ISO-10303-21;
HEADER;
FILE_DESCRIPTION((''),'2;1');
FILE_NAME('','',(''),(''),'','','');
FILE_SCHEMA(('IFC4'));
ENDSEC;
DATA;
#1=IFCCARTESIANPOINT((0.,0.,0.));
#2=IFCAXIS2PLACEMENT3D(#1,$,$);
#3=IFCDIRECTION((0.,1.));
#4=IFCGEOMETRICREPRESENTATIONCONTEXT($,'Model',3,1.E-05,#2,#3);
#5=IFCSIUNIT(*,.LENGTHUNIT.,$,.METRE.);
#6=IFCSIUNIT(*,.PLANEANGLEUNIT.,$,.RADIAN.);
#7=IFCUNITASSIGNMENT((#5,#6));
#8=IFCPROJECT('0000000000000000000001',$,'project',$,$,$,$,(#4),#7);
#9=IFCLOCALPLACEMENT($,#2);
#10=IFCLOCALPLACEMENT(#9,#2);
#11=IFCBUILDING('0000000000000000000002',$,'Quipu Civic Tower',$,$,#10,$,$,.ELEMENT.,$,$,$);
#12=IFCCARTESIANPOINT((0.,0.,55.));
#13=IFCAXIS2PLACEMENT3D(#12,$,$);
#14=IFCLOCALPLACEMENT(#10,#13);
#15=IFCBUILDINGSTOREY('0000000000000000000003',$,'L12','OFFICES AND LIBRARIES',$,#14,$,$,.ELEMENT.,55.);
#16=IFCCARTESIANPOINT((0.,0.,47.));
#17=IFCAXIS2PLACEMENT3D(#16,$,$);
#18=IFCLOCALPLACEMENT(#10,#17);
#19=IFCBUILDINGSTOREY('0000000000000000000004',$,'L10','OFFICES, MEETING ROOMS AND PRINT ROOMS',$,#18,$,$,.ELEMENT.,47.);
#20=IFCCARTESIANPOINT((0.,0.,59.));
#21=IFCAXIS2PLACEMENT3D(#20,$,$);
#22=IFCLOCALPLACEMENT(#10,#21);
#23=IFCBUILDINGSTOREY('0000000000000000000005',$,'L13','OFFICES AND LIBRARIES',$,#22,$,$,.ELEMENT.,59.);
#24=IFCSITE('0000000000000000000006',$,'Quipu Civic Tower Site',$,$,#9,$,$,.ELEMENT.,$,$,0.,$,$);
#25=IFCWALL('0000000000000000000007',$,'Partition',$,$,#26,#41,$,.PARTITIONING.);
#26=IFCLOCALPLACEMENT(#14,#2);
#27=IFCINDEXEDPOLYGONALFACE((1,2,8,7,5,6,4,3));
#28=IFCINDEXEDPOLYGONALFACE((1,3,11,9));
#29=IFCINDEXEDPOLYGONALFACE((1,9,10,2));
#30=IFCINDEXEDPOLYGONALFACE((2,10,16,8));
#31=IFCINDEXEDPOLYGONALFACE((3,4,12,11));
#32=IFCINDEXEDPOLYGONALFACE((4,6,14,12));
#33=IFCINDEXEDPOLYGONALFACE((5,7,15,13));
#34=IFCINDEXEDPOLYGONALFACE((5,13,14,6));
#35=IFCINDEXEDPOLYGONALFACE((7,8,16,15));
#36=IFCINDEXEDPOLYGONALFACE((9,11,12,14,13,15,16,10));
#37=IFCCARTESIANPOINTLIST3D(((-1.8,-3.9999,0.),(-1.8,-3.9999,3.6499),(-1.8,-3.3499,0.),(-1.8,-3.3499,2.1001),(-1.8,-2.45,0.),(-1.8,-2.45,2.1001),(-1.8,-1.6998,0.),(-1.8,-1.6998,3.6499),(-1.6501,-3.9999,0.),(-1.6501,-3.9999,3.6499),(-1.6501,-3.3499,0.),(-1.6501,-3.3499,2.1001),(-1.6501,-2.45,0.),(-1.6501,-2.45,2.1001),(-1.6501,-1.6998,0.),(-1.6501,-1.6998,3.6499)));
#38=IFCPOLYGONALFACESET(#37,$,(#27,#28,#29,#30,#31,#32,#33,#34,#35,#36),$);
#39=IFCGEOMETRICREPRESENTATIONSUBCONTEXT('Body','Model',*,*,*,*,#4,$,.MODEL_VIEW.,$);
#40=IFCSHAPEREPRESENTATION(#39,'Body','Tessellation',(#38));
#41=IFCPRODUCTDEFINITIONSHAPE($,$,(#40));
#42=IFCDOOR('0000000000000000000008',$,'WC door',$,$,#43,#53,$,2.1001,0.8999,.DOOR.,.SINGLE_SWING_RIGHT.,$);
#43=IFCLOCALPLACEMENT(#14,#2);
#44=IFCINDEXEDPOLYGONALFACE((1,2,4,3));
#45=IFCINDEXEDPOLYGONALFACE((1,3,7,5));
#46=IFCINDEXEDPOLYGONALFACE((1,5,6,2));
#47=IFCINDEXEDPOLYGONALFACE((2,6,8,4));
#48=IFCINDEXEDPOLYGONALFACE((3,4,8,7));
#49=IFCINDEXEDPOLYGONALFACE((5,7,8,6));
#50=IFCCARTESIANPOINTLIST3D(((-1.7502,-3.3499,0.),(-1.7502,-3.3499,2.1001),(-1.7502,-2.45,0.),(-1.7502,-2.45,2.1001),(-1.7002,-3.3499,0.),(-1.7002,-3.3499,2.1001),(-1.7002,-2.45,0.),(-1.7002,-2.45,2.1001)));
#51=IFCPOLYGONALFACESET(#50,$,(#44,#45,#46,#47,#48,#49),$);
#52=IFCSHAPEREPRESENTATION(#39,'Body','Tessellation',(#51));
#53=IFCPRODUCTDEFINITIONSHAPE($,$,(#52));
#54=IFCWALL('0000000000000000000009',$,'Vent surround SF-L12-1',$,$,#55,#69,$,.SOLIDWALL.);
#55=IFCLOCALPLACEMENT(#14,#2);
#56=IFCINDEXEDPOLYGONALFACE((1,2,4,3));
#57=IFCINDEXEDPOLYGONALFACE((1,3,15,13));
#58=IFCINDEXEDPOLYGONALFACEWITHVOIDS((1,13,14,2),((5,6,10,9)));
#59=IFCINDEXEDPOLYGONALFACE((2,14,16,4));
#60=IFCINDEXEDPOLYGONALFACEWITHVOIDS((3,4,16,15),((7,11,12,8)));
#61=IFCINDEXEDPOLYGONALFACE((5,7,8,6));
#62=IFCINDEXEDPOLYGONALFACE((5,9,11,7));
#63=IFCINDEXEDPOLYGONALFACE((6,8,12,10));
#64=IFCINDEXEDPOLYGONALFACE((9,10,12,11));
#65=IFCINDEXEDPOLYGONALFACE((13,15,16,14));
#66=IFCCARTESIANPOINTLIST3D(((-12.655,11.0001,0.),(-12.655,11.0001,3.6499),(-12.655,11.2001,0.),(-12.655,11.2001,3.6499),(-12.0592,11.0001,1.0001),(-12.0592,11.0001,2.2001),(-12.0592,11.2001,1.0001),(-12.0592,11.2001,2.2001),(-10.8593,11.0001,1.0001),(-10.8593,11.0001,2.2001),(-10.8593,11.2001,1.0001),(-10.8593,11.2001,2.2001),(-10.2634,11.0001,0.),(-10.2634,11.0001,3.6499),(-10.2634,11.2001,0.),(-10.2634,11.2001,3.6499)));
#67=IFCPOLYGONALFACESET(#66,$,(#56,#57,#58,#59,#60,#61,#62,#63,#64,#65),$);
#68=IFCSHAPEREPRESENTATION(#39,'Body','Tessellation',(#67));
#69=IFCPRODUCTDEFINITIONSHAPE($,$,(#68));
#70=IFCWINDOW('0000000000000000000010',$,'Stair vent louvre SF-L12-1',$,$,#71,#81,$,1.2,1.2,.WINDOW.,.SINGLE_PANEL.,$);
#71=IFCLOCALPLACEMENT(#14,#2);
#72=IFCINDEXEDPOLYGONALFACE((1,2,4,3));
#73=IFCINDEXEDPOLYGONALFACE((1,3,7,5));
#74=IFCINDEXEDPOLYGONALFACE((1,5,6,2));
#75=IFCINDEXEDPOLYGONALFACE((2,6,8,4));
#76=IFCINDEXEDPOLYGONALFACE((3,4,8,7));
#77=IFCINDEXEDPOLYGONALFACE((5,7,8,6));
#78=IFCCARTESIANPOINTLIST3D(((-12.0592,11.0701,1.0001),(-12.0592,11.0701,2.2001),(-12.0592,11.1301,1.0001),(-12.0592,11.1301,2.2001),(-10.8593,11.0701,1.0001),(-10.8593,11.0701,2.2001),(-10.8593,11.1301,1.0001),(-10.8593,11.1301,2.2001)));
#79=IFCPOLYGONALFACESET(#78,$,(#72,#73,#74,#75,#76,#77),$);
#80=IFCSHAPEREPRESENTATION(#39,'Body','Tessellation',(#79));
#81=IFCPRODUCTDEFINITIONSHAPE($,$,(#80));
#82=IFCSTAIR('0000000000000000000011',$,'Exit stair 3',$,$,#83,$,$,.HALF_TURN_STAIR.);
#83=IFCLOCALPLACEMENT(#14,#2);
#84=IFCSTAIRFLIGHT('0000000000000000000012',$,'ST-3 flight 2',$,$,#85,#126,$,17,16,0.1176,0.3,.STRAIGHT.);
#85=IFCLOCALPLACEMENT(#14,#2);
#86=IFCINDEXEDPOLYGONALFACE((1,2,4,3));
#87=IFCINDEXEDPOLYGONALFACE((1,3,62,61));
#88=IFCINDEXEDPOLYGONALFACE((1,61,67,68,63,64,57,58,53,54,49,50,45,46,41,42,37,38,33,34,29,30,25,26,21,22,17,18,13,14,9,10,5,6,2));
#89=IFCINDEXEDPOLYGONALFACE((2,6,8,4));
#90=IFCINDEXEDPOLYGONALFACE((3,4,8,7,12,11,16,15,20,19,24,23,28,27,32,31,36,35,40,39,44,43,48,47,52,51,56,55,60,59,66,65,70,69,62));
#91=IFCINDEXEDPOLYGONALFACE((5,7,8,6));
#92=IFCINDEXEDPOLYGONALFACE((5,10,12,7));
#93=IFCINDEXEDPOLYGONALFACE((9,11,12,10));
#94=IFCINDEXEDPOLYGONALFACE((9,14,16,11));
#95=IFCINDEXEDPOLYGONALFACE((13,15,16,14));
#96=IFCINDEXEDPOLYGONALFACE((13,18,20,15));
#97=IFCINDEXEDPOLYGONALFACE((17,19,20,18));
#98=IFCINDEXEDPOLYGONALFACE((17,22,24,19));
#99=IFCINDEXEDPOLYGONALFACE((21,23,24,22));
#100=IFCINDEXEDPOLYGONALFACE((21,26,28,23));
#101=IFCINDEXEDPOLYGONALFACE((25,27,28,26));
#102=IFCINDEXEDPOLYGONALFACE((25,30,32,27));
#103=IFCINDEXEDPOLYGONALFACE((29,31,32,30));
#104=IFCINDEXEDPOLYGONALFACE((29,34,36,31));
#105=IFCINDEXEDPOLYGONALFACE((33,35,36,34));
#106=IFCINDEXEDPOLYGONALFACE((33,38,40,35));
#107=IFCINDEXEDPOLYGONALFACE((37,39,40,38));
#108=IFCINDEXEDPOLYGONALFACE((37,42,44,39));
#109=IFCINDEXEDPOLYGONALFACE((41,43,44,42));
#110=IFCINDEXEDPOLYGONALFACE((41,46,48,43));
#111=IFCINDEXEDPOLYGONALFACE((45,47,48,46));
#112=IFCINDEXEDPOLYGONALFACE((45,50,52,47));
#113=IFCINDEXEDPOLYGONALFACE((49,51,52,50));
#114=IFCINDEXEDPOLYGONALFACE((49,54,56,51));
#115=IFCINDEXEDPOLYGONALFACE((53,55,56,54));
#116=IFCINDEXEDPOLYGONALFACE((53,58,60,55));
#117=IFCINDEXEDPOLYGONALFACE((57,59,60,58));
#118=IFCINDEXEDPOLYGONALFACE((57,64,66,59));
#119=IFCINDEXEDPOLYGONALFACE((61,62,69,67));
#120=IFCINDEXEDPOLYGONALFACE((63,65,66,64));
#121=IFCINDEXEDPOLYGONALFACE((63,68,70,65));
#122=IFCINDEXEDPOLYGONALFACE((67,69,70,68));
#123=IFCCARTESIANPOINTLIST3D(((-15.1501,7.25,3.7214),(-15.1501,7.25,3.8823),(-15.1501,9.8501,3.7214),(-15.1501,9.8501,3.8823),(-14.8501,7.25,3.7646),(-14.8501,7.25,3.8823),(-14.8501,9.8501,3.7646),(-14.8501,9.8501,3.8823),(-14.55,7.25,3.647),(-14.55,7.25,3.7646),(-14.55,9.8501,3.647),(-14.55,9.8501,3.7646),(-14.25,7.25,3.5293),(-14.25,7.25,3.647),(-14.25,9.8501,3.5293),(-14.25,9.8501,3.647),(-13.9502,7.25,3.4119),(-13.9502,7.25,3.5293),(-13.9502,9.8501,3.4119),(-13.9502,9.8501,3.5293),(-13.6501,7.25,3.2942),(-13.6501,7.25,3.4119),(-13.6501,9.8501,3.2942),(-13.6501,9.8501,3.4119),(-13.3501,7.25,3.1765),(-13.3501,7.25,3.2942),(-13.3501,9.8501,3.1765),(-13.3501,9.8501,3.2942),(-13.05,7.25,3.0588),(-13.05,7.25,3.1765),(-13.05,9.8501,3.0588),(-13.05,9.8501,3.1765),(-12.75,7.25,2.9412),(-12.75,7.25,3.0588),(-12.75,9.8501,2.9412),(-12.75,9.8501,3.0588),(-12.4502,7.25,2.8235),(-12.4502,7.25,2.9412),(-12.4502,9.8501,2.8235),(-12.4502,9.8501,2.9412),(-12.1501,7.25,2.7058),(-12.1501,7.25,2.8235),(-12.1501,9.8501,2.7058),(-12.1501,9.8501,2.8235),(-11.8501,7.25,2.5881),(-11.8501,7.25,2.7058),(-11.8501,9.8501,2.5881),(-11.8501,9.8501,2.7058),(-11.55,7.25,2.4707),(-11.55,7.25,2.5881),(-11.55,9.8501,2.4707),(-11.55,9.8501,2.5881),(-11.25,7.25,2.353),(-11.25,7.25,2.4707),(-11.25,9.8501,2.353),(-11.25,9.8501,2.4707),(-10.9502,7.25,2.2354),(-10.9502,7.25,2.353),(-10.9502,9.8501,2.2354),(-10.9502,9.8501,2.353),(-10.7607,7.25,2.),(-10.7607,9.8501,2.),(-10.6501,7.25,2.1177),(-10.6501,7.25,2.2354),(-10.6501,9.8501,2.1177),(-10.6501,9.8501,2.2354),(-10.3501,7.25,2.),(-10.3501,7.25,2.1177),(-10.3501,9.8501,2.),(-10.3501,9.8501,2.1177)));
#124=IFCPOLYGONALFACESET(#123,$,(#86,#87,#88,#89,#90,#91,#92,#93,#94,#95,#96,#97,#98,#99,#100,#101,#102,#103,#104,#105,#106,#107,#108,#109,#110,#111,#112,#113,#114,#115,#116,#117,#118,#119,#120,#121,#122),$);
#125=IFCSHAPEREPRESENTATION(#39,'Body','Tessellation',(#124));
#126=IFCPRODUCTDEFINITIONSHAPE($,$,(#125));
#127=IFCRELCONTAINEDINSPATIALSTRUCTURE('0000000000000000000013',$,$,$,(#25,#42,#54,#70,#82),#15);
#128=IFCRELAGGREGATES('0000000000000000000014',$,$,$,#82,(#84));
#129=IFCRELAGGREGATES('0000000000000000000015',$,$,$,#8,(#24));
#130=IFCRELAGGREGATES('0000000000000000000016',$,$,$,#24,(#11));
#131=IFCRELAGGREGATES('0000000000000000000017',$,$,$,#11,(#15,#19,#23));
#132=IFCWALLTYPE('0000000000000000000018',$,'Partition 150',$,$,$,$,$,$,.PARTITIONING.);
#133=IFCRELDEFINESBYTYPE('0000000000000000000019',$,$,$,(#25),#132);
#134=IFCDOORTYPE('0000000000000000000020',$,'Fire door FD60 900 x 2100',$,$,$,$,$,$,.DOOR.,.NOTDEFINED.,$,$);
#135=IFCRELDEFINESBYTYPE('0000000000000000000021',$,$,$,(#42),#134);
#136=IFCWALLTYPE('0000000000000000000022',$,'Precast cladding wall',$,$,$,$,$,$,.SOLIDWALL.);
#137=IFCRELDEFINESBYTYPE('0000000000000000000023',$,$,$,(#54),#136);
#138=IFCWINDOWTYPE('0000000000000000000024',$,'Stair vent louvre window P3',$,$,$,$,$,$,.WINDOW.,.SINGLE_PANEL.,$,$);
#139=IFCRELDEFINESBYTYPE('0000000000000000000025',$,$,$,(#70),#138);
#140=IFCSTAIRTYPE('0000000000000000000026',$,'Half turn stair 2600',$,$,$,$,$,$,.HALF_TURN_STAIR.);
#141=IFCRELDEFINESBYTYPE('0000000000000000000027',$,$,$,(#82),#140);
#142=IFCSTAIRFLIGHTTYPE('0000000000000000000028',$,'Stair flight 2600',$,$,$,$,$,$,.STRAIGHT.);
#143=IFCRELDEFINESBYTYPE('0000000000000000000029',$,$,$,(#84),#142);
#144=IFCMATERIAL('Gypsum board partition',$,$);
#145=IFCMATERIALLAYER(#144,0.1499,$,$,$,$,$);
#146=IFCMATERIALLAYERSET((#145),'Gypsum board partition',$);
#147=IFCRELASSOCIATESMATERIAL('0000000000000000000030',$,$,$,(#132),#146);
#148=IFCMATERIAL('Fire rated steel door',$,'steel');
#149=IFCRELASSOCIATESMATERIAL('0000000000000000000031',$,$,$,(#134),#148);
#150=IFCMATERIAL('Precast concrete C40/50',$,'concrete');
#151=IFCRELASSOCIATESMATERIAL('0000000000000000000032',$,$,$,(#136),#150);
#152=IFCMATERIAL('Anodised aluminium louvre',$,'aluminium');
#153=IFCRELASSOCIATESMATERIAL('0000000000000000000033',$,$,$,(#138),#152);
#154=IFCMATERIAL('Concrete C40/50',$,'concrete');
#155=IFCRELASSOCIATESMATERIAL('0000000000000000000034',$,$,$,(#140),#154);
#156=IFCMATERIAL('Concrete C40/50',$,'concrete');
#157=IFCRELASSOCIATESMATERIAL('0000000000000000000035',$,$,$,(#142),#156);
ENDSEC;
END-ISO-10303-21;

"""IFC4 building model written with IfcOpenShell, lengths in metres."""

from ifc_helpers import new_model, si_unit, direction, frame, frame_2d, origin, place, context, subcontext, project, spatial, polyline, rectangle, outline, extrude, material, layer, layer_set, type_object, element, fill, aggregate, save


model = new_model("IFC4")

# Units and contexts
model_context = context("Model", 3, precision=1e-05, world=origin(), true_north=direction((0.0, 1.0)))
body_context = subcontext(model_context, "Body", "Model", "MODEL_VIEW")
ifc_project = project(units=[si_unit("LENGTHUNIT", "METRE"), si_unit("PLANEANGLEUNIT", "RADIAN")], contexts=[model_context])

# Site, building, storey
site_placement = place(None, origin())
site = spatial("IfcSite", under=ifc_project, at=site_placement, Name="Quipu Civic Tower Site", CompositionType="ELEMENT", RefElevation=0.0)
building_placement = place(site_placement, origin())
building = spatial("IfcBuilding", under=site, at=building_placement, Name="Quipu Civic Tower", CompositionType="ELEMENT")
storey_1_placement = place(building_placement, frame((0.0, 0.0, 55.0)))
storey_1 = spatial("IfcBuildingStorey", under=building, at=storey_1_placement, Name="L12", Description="OFFICES AND LIBRARIES", CompositionType="ELEMENT", Elevation=55.0)

# Shared definitions
storey_2_placement = place(building_placement, frame((0.0, 0.0, 47.0)))
storey_2 = spatial("IfcBuildingStorey", under=building, at=storey_2_placement, Name="L10", Description="OFFICES, MEETING ROOMS AND PRINT ROOMS", CompositionType="ELEMENT", Elevation=47.0)

# Shared definitions
storey_3_placement = place(building_placement, frame((0.0, 0.0, 59.0)))
storey_3 = spatial("IfcBuildingStorey", under=building, at=storey_3_placement, Name="L13", Description="OFFICES AND LIBRARIES", CompositionType="ELEMENT", Elevation=59.0)

# Wall, opening, door
ifc_material_1 = material(Name="Gypsum board partition")
ifc_layer_1 = layer(ifc_material_1, 0.1499)
ifc_layer_set_1 = layer_set([ifc_layer_1], Name="Gypsum board partition")
wall_type_1 = type_object("IfcWallType", Name="Partition 150", PredefinedType="PARTITIONING", material=ifc_layer_set_1)
wall_1_placement = place(storey_1_placement, frame((-1.7251, -1.7, 0.0), z_axis=(0.0, 0.0, 1.0), x_axis=(0.0, -1.0, 0.0)))
wall_1 = element("IfcWall", 1, at=wall_1_placement, inside=storey_1, type_object=wall_type_1, Name="Partition", PredefinedType="PARTITIONING", context=body_context, shape_type="SweptSolid", body=[
    extrude(rectangle(XDim=2.3, YDim=0.1499, at=frame_2d((1.1499, 0.0))), origin(), (0.0, 0.0, 1.0), 3.6499),
])
opening_1_placement = place(wall_1_placement, frame((0.75, 0.0, 0.0)))
opening_1 = element("IfcOpeningElement", 2, at=opening_1_placement, cuts=wall_1, PredefinedType="OPENING", context=body_context, shape_type="SweptSolid", body=[
    extrude(rectangle(XDim=0.8999, YDim=2.1001, at=frame_2d((0.45, 1.05))), frame((0.0, 0.085, 0.0), z_axis=(0.0, -1.0, 0.0), x_axis=(1.0, 0.0, 0.0)), (0.0, 0.0, 1.0), 0.1699),
])
ifc_material_2 = material(Name="Fire rated steel door", Category="steel")
door_type = type_object("IfcDoorType", Name="Fire door FD60 900 x 2100", OperationType="NOTDEFINED", PredefinedType="DOOR", material=ifc_material_2)
door_placement = place(opening_1_placement, origin())
door = element("IfcDoor", 3, at=door_placement, inside=storey_1, type_object=door_type, Name="WC door", OperationType="SINGLE_SWING_RIGHT", OverallHeight=2.1001, OverallWidth=0.8999, PredefinedType="DOOR", context=body_context, shape_type="SweptSolid", body=[
    extrude(rectangle(XDim=0.8999, YDim=2.1001, at=frame_2d((0.45, 1.05))), frame((0.0, 0.0249, 0.0), z_axis=(0.0, -1.0, 0.0), x_axis=(1.0, 0.0, 0.0)), (0.0, 0.0, 1.0), 0.05),
])
fill(opening_1, door)

# Wall, opening, window
ifc_material_3 = material(Name="Precast concrete C40/50", Category="concrete")
wall_type_2 = type_object("IfcWallType", Name="Precast cladding wall", PredefinedType="SOLIDWALL", material=ifc_material_3)
wall_2_placement = place(storey_1_placement, frame((-10.2634, 11.1001, 0.0), z_axis=(0.0, 0.0, 1.0), x_axis=(-1.0, 0.0, 0.0)))
wall_2 = element("IfcWall", 4, at=wall_2_placement, inside=storey_1, type_object=wall_type_2, Name="Vent surround SF-L12-1", PredefinedType="SOLIDWALL", context=body_context, shape_type="SweptSolid", body=[
    extrude(rectangle(XDim=2.3916, YDim=0.2, at=frame_2d((1.1958, 0.0))), origin(), (0.0, 0.0, 1.0), 3.6499),
])
opening_2_placement = place(wall_2_placement, frame((0.5957, 0.0, 1.0)))
opening_2 = element("IfcOpeningElement", 5, at=opening_2_placement, cuts=wall_2, PredefinedType="OPENING", context=body_context, shape_type="SweptSolid", body=[
    extrude(rectangle(XDim=1.2, YDim=1.2, at=frame_2d((0.6001, 0.6001))), frame((0.0, 0.1099, 0.0), z_axis=(0.0, -1.0, 0.0), x_axis=(1.0, 0.0, 0.0)), (0.0, 0.0, 1.0), 0.22),
])
ifc_material_4 = material(Name="Anodised aluminium louvre", Category="aluminium")
window_type = type_object("IfcWindowType", Name="Stair vent louvre window P3", PartitioningType="SINGLE_PANEL", PredefinedType="WINDOW", material=ifc_material_4)
window_placement = place(opening_2_placement, origin())
window = element("IfcWindow", 6, at=window_placement, inside=storey_1, type_object=window_type, Name="Stair vent louvre SF-L12-1", OverallHeight=1.2, OverallWidth=1.2, PartitioningType="SINGLE_PANEL", PredefinedType="WINDOW", context=body_context, shape_type="SweptSolid", body=[
    extrude(rectangle(XDim=1.2, YDim=1.2, at=frame_2d((0.6001, 0.6001))), frame((0.0, 0.03, 0.0), z_axis=(0.0, -1.0, 0.0), x_axis=(1.0, 0.0, 0.0)), (0.0, 0.0, 1.0), 0.0601),
])
fill(opening_2, window)

# Stair, stair flight
ifc_material_5 = material(Name="Concrete C40/50", Category="concrete")
stair_type = type_object("IfcStairType", Name="Half turn stair 2600", PredefinedType="HALF_TURN_STAIR", material=ifc_material_5)
stair_placement = place(storey_1_placement, origin())
stair = element("IfcStair", 7, at=stair_placement, inside=storey_1, type_object=stair_type, Name="Exit stair 3", PredefinedType="HALF_TURN_STAIR")
ifc_material_6 = material(Name="Concrete C40/50", Category="concrete")
stair_flight_type = type_object("IfcStairFlightType", Name="Stair flight 2600", PredefinedType="STRAIGHT", material=ifc_material_6)
stair_flight_placement = place(storey_1_placement, frame((-10.3501, 8.55, 2.0), z_axis=(0.0, 0.0, 1.0), x_axis=(-1.0, 0.0, 0.0)))
stair_flight = element("IfcStairFlight", 8, at=stair_flight_placement, type_object=stair_flight_type, Name="ST-3 flight 2", NumberOfRisers=17, NumberOfTreads=16, PredefinedType="STRAIGHT", RiserHeight=0.1176, TreadLength=0.3, context=body_context, shape_type="SweptSolid", body=[
    extrude(outline(polyline([(0.0, 0.0), (0.0, 0.1177), (0.3, 0.1177), (0.3, 0.2354), (0.6001, 0.2354), (0.6001, 0.353), (0.8999, 0.353), (0.8999, 0.4707), (1.2, 0.4707), (1.2, 0.5881), (1.5, 0.5881), (1.5, 0.7058), (1.8, 0.7058), (1.8, 0.8235), (2.1001, 0.8235), (2.1001, 0.9412), (2.3999, 0.9412), (2.3999, 1.0588), (2.7, 1.0588), (2.7, 1.1765), (3.0, 1.1765), (3.0, 1.2942), (3.3, 1.2942), (3.3, 1.4119), (3.6001, 1.4119), (3.6001, 1.5293), (3.8999, 1.5293), (3.8999, 1.647), (4.2, 1.647), (4.2, 1.7646), (4.5, 1.7646), (4.5, 1.8823), (4.8, 1.8823), (4.8, 2.0), (4.8, 1.7214), (0.4106, 0.0), (0.0, 0.0)])), frame((0.0, 1.3, 0.0), z_axis=(0.0, -1.0, 0.0), x_axis=(1.0, 0.0, 0.0)), (0.0, 0.0, 1.0), 2.6001),
])
aggregate(stair, [stair_flight])

save(model, "model.ifc")
